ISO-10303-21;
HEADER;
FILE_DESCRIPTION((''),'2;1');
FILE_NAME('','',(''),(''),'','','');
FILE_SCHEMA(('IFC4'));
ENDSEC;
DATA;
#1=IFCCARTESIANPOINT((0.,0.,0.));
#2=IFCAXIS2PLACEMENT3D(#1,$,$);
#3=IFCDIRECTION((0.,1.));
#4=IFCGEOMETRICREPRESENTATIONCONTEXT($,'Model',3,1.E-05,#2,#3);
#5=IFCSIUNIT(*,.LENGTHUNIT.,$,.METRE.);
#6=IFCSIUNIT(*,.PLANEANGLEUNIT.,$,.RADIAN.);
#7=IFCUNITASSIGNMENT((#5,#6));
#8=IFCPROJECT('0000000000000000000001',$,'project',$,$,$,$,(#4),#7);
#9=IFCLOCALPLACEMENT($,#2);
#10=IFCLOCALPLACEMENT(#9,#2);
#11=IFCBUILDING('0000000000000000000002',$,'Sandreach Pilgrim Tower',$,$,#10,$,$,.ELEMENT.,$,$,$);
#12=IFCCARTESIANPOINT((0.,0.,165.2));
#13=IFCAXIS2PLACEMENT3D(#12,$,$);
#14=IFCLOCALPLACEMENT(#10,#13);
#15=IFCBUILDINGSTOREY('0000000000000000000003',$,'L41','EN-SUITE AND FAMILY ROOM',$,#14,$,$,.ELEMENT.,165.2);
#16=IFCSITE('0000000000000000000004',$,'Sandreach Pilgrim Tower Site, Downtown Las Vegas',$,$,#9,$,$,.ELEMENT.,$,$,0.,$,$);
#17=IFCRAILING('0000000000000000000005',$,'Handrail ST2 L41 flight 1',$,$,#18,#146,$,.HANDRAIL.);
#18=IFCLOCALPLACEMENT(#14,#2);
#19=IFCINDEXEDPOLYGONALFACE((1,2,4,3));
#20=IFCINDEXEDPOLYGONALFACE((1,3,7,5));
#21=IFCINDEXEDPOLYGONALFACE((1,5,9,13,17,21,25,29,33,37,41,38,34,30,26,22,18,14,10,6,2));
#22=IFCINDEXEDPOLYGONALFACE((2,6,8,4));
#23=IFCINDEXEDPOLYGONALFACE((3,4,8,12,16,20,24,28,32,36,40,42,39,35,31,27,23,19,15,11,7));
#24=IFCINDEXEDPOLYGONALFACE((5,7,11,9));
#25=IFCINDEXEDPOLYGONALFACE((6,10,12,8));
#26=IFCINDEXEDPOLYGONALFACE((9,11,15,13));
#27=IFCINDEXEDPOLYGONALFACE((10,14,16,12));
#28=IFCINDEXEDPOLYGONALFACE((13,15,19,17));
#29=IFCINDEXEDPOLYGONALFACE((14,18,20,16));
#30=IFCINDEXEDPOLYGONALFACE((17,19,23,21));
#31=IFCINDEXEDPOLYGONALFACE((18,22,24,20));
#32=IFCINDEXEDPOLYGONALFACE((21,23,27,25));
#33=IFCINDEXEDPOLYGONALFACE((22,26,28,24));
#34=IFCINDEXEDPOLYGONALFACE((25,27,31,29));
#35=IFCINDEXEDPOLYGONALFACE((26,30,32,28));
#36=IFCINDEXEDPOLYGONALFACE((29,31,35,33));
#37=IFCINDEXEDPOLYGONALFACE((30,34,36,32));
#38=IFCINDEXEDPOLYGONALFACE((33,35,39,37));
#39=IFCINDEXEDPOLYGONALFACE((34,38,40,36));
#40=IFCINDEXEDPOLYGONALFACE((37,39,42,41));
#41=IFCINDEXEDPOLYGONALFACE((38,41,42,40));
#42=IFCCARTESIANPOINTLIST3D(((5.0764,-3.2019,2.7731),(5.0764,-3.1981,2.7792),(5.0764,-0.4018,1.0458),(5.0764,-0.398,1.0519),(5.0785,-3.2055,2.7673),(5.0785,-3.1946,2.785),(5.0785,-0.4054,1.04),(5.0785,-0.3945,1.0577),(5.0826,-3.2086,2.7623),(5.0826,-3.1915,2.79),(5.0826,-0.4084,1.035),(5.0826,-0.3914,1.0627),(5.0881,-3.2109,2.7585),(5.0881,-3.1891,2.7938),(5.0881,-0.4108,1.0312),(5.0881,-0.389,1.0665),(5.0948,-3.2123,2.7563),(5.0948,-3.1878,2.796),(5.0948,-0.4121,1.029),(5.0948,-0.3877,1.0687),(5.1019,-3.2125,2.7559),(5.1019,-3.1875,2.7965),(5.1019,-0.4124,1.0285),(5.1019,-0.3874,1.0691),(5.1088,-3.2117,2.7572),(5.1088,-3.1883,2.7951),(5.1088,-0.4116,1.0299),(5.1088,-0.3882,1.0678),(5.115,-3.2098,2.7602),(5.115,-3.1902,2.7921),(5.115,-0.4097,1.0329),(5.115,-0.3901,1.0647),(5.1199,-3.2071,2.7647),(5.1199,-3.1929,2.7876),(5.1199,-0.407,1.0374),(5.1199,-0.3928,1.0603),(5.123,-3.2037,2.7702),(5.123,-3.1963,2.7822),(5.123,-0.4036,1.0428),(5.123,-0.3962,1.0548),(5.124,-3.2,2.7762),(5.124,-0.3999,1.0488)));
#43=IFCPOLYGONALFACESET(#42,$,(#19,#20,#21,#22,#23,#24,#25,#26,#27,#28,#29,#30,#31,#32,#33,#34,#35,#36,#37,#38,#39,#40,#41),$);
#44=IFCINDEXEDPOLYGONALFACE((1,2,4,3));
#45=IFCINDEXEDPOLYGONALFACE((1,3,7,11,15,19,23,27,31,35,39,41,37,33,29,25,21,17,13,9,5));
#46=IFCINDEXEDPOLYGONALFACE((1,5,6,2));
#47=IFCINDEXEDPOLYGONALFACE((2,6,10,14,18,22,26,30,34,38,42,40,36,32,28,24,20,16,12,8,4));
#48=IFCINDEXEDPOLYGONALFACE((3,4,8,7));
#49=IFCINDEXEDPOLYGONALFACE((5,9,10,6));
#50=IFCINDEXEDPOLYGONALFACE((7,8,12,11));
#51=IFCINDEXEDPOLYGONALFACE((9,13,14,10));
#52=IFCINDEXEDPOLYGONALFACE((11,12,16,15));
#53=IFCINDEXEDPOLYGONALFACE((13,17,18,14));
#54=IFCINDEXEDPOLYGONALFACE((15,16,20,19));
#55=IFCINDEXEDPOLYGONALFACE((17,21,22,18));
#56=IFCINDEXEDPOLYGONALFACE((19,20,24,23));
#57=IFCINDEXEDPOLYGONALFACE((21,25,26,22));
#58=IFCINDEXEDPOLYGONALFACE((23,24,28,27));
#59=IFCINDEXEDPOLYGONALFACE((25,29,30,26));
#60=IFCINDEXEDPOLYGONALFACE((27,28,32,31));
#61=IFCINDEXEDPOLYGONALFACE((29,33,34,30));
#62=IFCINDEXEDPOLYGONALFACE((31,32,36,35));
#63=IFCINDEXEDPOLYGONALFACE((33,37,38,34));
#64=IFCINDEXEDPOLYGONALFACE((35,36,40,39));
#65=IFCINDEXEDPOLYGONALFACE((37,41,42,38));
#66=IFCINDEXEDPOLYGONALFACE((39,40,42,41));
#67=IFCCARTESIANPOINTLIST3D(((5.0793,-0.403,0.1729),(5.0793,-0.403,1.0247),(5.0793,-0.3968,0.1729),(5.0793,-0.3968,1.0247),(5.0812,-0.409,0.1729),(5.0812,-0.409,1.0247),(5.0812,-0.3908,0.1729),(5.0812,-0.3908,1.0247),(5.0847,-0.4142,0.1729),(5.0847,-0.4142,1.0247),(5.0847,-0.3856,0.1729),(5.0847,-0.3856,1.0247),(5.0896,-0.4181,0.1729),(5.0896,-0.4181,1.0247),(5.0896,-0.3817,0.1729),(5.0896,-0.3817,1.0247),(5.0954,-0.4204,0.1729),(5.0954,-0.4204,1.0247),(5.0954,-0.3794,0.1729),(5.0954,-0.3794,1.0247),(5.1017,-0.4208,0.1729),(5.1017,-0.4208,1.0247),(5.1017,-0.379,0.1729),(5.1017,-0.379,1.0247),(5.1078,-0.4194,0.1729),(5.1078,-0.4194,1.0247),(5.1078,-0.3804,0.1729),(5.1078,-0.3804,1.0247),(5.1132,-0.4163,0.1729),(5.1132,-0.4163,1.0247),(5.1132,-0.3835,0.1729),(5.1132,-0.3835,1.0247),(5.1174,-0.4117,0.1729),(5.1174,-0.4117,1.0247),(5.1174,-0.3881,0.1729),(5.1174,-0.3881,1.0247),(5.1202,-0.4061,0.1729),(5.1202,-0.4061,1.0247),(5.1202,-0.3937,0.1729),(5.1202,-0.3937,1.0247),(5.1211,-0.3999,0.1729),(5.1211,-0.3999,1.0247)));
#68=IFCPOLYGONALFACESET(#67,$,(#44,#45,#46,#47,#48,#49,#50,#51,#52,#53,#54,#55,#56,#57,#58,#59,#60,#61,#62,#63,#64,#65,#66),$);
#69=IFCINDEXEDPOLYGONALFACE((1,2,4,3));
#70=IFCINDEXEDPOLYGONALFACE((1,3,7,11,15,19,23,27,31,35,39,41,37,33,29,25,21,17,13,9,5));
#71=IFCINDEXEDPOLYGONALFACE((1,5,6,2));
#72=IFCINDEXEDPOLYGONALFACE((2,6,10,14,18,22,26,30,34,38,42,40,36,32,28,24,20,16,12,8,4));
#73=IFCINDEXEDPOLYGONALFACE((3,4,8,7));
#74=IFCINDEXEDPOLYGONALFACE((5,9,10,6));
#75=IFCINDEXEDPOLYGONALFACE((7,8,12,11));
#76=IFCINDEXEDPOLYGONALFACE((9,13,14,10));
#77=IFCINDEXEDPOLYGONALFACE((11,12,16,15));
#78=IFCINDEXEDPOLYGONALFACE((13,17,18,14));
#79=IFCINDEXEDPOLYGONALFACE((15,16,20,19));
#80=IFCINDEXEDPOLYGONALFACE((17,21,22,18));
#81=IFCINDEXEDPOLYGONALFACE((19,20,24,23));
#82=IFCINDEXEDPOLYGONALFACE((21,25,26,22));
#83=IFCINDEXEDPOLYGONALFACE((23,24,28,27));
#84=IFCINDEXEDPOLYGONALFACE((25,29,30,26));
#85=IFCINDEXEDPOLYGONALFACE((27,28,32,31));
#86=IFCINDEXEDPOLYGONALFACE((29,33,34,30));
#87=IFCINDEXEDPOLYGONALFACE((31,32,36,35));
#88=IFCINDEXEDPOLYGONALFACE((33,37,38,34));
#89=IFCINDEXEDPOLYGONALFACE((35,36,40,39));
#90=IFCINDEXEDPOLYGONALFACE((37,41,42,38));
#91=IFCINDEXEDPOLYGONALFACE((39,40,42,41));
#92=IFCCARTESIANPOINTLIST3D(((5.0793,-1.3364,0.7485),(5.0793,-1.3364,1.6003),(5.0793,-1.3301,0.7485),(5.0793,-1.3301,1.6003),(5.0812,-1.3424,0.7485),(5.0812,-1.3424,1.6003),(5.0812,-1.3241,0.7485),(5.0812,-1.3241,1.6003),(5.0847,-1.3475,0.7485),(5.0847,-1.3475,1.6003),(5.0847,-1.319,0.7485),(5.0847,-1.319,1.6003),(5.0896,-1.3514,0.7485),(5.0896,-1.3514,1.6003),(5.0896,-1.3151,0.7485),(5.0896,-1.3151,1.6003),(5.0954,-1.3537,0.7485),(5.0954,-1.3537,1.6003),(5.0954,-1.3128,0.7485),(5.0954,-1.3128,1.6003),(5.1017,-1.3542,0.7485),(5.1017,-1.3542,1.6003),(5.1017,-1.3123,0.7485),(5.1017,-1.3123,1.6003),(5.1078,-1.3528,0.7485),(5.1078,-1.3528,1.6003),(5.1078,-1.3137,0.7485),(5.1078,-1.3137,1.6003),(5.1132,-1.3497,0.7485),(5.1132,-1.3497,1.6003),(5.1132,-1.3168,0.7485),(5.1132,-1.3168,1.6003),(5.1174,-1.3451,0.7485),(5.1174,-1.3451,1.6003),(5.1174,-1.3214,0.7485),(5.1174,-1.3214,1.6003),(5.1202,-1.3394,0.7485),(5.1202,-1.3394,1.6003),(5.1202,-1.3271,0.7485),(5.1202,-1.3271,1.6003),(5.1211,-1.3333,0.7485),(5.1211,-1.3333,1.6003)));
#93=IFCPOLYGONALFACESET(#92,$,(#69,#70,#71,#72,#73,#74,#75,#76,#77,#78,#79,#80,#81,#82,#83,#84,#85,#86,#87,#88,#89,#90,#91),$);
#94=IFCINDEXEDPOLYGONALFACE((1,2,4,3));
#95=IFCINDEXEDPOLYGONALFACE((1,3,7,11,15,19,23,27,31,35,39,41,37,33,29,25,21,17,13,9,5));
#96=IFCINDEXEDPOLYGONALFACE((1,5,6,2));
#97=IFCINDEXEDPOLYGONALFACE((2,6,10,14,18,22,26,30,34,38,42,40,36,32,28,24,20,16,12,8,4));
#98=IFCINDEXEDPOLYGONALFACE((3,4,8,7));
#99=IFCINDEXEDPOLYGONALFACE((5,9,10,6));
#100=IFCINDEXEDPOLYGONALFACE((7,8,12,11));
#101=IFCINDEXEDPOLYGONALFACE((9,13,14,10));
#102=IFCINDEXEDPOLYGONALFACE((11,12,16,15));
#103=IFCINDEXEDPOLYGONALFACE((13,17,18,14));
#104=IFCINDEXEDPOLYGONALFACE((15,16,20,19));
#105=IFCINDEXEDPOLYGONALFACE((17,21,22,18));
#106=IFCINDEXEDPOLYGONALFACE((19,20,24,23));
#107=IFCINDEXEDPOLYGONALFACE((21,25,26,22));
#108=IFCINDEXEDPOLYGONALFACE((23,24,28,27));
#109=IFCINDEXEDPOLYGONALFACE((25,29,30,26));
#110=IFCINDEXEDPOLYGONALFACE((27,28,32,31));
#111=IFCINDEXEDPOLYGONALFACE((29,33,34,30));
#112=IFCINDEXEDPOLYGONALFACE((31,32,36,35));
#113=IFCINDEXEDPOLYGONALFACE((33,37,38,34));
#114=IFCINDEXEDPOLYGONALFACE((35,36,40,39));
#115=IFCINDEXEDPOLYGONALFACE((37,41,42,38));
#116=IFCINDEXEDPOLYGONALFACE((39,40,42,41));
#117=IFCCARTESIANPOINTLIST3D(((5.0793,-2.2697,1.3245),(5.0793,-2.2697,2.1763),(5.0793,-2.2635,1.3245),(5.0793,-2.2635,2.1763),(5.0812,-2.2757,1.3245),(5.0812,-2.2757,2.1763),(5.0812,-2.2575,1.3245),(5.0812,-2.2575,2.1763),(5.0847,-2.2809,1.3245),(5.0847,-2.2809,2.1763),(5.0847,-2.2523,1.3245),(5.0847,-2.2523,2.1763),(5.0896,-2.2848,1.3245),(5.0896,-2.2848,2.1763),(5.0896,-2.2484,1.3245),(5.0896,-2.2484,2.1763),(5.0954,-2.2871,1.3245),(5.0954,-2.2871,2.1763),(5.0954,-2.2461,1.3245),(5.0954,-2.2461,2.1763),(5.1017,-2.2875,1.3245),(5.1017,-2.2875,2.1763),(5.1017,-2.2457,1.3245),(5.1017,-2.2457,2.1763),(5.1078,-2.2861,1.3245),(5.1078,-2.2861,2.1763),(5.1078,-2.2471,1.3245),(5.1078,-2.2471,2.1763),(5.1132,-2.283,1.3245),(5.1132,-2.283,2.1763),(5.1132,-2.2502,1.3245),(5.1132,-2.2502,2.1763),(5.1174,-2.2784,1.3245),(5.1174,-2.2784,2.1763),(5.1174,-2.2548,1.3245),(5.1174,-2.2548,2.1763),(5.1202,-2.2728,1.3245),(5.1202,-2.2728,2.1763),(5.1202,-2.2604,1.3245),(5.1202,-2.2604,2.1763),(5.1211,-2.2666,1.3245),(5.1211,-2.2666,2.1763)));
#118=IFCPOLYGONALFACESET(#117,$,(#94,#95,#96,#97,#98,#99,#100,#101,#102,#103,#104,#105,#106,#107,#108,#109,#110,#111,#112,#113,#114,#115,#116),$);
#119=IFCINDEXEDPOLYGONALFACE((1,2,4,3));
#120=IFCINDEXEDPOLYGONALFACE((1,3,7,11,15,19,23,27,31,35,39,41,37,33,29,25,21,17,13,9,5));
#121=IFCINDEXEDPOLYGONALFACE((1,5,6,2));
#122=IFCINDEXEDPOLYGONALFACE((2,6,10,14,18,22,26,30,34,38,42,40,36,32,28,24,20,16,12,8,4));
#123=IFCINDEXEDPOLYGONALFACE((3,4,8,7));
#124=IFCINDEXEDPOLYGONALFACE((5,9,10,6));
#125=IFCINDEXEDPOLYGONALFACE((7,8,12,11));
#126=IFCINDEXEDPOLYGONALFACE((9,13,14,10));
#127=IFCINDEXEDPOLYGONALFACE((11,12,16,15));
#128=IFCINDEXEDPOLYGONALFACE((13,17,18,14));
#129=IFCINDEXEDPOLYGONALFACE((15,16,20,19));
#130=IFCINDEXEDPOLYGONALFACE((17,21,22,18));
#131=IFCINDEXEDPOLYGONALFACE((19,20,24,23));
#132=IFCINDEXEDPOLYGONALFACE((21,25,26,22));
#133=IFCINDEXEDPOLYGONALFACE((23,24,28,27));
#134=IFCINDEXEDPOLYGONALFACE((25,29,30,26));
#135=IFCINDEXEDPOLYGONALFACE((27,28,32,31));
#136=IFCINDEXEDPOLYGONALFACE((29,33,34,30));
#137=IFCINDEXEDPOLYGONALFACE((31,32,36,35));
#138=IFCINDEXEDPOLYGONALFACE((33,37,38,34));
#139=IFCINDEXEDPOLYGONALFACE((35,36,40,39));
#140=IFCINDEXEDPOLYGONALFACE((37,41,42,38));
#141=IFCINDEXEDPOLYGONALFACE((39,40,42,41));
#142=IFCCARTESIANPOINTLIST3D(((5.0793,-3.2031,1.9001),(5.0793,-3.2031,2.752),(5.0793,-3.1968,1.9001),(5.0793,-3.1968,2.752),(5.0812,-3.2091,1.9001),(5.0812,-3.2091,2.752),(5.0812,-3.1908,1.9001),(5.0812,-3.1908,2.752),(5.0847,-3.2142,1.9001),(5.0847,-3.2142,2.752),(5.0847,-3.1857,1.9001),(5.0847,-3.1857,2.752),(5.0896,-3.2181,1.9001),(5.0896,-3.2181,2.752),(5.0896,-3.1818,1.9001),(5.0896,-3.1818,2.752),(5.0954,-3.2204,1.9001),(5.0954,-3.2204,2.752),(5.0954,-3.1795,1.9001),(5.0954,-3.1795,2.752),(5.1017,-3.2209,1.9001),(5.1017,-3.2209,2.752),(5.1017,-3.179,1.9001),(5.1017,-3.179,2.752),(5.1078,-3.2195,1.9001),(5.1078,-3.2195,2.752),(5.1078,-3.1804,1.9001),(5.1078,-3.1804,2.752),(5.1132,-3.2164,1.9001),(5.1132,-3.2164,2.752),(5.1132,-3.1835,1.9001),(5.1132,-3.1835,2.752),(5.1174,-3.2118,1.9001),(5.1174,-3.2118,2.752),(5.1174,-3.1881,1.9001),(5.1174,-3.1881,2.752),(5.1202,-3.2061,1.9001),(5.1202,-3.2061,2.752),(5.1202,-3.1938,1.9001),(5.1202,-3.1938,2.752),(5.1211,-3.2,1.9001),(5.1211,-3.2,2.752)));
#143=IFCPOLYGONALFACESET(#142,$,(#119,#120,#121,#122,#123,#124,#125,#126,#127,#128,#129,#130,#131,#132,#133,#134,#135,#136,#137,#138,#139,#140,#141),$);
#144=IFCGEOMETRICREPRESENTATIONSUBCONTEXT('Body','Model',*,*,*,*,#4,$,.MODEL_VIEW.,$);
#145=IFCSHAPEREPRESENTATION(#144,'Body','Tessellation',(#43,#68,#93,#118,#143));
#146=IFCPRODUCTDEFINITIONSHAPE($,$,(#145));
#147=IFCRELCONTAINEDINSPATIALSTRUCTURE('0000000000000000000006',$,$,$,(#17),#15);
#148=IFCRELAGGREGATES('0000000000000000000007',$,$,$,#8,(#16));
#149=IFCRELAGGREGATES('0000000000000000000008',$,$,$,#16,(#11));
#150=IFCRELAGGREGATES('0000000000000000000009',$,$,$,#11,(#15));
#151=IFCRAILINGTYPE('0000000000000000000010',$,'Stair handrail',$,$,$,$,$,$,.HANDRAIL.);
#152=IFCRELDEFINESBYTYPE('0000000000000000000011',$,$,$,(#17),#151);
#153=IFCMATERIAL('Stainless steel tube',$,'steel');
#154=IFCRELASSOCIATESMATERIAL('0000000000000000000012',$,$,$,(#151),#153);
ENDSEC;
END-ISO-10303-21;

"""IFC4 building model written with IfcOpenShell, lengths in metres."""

from ifc_helpers import new_model, si_unit, direction, frame, origin, origin_2d, place, context, subcontext, project, spatial, circle, extrude, material, type_object, element, save


model = new_model("IFC4")

# Units and contexts
model_context = context("Model", 3, precision=1e-05, world=origin(), true_north=direction((0.0, 1.0)))
body_context = subcontext(model_context, "Body", "Model", "MODEL_VIEW")
ifc_project = project(units=[si_unit("LENGTHUNIT", "METRE"), si_unit("PLANEANGLEUNIT", "RADIAN")], contexts=[model_context])

# Site, building, storey
site_placement = place(None, origin())
site = spatial("IfcSite", under=ifc_project, at=site_placement, Name="Sandreach Pilgrim Tower Site, Downtown Las Vegas", CompositionType="ELEMENT", RefElevation=0.0)
building_placement = place(site_placement, origin())
building = spatial("IfcBuilding", under=site, at=building_placement, Name="Sandreach Pilgrim Tower", CompositionType="ELEMENT")
storey_placement = place(building_placement, frame((0.0, 0.0, 165.2)))
storey = spatial("IfcBuildingStorey", under=building, at=storey_placement, Name="L41", Description="EN-SUITE AND FAMILY ROOM", CompositionType="ELEMENT", Elevation=165.2)

# Railing
ifc_material_1 = material(Name="Stainless steel tube", Category="steel")
railing_type = type_object("IfcRailingType", Name="Stair handrail", PredefinedType="HANDRAIL", material=ifc_material_1)
for number, where, name in (
    (1, (5.1001, -0.3999, 0.1729), "Handrail ST2 L41 flight 1"),
):
    element("IfcRailing", number, at=place(storey_placement, frame(where)), inside=storey, type_object=railing_type, Name=name, PredefinedType="HANDRAIL", context=body_context, shape_type="SweptSolid", body=[
        extrude(circle(Radius=0.0239, at=origin_2d()), frame((0.0, 0.0, 0.876), z_axis=(0.0, -0.85109, 0.52502), x_axis=(1.0, 0.0, 0.0)), (0.0, 0.0, 1.0), 3.29),
        extrude(circle(Radius=0.021, at=origin_2d()), origin(), (0.0, 0.0, 1.0), 0.8518),
        extrude(circle(Radius=0.021, at=origin_2d()), frame((0.0, -0.9333, 0.5757)), (0.0, 0.0, 1.0), 0.8518),
        extrude(circle(Radius=0.021, at=origin_2d()), frame((0.0, -1.8667, 1.1516)), (0.0, 0.0, 1.0), 0.8518),
        extrude(circle(Radius=0.021, at=origin_2d()), frame((0.0, -2.8, 1.7273)), (0.0, 0.0, 1.0), 0.8518),
    ])

save(model, "model.ifc")
